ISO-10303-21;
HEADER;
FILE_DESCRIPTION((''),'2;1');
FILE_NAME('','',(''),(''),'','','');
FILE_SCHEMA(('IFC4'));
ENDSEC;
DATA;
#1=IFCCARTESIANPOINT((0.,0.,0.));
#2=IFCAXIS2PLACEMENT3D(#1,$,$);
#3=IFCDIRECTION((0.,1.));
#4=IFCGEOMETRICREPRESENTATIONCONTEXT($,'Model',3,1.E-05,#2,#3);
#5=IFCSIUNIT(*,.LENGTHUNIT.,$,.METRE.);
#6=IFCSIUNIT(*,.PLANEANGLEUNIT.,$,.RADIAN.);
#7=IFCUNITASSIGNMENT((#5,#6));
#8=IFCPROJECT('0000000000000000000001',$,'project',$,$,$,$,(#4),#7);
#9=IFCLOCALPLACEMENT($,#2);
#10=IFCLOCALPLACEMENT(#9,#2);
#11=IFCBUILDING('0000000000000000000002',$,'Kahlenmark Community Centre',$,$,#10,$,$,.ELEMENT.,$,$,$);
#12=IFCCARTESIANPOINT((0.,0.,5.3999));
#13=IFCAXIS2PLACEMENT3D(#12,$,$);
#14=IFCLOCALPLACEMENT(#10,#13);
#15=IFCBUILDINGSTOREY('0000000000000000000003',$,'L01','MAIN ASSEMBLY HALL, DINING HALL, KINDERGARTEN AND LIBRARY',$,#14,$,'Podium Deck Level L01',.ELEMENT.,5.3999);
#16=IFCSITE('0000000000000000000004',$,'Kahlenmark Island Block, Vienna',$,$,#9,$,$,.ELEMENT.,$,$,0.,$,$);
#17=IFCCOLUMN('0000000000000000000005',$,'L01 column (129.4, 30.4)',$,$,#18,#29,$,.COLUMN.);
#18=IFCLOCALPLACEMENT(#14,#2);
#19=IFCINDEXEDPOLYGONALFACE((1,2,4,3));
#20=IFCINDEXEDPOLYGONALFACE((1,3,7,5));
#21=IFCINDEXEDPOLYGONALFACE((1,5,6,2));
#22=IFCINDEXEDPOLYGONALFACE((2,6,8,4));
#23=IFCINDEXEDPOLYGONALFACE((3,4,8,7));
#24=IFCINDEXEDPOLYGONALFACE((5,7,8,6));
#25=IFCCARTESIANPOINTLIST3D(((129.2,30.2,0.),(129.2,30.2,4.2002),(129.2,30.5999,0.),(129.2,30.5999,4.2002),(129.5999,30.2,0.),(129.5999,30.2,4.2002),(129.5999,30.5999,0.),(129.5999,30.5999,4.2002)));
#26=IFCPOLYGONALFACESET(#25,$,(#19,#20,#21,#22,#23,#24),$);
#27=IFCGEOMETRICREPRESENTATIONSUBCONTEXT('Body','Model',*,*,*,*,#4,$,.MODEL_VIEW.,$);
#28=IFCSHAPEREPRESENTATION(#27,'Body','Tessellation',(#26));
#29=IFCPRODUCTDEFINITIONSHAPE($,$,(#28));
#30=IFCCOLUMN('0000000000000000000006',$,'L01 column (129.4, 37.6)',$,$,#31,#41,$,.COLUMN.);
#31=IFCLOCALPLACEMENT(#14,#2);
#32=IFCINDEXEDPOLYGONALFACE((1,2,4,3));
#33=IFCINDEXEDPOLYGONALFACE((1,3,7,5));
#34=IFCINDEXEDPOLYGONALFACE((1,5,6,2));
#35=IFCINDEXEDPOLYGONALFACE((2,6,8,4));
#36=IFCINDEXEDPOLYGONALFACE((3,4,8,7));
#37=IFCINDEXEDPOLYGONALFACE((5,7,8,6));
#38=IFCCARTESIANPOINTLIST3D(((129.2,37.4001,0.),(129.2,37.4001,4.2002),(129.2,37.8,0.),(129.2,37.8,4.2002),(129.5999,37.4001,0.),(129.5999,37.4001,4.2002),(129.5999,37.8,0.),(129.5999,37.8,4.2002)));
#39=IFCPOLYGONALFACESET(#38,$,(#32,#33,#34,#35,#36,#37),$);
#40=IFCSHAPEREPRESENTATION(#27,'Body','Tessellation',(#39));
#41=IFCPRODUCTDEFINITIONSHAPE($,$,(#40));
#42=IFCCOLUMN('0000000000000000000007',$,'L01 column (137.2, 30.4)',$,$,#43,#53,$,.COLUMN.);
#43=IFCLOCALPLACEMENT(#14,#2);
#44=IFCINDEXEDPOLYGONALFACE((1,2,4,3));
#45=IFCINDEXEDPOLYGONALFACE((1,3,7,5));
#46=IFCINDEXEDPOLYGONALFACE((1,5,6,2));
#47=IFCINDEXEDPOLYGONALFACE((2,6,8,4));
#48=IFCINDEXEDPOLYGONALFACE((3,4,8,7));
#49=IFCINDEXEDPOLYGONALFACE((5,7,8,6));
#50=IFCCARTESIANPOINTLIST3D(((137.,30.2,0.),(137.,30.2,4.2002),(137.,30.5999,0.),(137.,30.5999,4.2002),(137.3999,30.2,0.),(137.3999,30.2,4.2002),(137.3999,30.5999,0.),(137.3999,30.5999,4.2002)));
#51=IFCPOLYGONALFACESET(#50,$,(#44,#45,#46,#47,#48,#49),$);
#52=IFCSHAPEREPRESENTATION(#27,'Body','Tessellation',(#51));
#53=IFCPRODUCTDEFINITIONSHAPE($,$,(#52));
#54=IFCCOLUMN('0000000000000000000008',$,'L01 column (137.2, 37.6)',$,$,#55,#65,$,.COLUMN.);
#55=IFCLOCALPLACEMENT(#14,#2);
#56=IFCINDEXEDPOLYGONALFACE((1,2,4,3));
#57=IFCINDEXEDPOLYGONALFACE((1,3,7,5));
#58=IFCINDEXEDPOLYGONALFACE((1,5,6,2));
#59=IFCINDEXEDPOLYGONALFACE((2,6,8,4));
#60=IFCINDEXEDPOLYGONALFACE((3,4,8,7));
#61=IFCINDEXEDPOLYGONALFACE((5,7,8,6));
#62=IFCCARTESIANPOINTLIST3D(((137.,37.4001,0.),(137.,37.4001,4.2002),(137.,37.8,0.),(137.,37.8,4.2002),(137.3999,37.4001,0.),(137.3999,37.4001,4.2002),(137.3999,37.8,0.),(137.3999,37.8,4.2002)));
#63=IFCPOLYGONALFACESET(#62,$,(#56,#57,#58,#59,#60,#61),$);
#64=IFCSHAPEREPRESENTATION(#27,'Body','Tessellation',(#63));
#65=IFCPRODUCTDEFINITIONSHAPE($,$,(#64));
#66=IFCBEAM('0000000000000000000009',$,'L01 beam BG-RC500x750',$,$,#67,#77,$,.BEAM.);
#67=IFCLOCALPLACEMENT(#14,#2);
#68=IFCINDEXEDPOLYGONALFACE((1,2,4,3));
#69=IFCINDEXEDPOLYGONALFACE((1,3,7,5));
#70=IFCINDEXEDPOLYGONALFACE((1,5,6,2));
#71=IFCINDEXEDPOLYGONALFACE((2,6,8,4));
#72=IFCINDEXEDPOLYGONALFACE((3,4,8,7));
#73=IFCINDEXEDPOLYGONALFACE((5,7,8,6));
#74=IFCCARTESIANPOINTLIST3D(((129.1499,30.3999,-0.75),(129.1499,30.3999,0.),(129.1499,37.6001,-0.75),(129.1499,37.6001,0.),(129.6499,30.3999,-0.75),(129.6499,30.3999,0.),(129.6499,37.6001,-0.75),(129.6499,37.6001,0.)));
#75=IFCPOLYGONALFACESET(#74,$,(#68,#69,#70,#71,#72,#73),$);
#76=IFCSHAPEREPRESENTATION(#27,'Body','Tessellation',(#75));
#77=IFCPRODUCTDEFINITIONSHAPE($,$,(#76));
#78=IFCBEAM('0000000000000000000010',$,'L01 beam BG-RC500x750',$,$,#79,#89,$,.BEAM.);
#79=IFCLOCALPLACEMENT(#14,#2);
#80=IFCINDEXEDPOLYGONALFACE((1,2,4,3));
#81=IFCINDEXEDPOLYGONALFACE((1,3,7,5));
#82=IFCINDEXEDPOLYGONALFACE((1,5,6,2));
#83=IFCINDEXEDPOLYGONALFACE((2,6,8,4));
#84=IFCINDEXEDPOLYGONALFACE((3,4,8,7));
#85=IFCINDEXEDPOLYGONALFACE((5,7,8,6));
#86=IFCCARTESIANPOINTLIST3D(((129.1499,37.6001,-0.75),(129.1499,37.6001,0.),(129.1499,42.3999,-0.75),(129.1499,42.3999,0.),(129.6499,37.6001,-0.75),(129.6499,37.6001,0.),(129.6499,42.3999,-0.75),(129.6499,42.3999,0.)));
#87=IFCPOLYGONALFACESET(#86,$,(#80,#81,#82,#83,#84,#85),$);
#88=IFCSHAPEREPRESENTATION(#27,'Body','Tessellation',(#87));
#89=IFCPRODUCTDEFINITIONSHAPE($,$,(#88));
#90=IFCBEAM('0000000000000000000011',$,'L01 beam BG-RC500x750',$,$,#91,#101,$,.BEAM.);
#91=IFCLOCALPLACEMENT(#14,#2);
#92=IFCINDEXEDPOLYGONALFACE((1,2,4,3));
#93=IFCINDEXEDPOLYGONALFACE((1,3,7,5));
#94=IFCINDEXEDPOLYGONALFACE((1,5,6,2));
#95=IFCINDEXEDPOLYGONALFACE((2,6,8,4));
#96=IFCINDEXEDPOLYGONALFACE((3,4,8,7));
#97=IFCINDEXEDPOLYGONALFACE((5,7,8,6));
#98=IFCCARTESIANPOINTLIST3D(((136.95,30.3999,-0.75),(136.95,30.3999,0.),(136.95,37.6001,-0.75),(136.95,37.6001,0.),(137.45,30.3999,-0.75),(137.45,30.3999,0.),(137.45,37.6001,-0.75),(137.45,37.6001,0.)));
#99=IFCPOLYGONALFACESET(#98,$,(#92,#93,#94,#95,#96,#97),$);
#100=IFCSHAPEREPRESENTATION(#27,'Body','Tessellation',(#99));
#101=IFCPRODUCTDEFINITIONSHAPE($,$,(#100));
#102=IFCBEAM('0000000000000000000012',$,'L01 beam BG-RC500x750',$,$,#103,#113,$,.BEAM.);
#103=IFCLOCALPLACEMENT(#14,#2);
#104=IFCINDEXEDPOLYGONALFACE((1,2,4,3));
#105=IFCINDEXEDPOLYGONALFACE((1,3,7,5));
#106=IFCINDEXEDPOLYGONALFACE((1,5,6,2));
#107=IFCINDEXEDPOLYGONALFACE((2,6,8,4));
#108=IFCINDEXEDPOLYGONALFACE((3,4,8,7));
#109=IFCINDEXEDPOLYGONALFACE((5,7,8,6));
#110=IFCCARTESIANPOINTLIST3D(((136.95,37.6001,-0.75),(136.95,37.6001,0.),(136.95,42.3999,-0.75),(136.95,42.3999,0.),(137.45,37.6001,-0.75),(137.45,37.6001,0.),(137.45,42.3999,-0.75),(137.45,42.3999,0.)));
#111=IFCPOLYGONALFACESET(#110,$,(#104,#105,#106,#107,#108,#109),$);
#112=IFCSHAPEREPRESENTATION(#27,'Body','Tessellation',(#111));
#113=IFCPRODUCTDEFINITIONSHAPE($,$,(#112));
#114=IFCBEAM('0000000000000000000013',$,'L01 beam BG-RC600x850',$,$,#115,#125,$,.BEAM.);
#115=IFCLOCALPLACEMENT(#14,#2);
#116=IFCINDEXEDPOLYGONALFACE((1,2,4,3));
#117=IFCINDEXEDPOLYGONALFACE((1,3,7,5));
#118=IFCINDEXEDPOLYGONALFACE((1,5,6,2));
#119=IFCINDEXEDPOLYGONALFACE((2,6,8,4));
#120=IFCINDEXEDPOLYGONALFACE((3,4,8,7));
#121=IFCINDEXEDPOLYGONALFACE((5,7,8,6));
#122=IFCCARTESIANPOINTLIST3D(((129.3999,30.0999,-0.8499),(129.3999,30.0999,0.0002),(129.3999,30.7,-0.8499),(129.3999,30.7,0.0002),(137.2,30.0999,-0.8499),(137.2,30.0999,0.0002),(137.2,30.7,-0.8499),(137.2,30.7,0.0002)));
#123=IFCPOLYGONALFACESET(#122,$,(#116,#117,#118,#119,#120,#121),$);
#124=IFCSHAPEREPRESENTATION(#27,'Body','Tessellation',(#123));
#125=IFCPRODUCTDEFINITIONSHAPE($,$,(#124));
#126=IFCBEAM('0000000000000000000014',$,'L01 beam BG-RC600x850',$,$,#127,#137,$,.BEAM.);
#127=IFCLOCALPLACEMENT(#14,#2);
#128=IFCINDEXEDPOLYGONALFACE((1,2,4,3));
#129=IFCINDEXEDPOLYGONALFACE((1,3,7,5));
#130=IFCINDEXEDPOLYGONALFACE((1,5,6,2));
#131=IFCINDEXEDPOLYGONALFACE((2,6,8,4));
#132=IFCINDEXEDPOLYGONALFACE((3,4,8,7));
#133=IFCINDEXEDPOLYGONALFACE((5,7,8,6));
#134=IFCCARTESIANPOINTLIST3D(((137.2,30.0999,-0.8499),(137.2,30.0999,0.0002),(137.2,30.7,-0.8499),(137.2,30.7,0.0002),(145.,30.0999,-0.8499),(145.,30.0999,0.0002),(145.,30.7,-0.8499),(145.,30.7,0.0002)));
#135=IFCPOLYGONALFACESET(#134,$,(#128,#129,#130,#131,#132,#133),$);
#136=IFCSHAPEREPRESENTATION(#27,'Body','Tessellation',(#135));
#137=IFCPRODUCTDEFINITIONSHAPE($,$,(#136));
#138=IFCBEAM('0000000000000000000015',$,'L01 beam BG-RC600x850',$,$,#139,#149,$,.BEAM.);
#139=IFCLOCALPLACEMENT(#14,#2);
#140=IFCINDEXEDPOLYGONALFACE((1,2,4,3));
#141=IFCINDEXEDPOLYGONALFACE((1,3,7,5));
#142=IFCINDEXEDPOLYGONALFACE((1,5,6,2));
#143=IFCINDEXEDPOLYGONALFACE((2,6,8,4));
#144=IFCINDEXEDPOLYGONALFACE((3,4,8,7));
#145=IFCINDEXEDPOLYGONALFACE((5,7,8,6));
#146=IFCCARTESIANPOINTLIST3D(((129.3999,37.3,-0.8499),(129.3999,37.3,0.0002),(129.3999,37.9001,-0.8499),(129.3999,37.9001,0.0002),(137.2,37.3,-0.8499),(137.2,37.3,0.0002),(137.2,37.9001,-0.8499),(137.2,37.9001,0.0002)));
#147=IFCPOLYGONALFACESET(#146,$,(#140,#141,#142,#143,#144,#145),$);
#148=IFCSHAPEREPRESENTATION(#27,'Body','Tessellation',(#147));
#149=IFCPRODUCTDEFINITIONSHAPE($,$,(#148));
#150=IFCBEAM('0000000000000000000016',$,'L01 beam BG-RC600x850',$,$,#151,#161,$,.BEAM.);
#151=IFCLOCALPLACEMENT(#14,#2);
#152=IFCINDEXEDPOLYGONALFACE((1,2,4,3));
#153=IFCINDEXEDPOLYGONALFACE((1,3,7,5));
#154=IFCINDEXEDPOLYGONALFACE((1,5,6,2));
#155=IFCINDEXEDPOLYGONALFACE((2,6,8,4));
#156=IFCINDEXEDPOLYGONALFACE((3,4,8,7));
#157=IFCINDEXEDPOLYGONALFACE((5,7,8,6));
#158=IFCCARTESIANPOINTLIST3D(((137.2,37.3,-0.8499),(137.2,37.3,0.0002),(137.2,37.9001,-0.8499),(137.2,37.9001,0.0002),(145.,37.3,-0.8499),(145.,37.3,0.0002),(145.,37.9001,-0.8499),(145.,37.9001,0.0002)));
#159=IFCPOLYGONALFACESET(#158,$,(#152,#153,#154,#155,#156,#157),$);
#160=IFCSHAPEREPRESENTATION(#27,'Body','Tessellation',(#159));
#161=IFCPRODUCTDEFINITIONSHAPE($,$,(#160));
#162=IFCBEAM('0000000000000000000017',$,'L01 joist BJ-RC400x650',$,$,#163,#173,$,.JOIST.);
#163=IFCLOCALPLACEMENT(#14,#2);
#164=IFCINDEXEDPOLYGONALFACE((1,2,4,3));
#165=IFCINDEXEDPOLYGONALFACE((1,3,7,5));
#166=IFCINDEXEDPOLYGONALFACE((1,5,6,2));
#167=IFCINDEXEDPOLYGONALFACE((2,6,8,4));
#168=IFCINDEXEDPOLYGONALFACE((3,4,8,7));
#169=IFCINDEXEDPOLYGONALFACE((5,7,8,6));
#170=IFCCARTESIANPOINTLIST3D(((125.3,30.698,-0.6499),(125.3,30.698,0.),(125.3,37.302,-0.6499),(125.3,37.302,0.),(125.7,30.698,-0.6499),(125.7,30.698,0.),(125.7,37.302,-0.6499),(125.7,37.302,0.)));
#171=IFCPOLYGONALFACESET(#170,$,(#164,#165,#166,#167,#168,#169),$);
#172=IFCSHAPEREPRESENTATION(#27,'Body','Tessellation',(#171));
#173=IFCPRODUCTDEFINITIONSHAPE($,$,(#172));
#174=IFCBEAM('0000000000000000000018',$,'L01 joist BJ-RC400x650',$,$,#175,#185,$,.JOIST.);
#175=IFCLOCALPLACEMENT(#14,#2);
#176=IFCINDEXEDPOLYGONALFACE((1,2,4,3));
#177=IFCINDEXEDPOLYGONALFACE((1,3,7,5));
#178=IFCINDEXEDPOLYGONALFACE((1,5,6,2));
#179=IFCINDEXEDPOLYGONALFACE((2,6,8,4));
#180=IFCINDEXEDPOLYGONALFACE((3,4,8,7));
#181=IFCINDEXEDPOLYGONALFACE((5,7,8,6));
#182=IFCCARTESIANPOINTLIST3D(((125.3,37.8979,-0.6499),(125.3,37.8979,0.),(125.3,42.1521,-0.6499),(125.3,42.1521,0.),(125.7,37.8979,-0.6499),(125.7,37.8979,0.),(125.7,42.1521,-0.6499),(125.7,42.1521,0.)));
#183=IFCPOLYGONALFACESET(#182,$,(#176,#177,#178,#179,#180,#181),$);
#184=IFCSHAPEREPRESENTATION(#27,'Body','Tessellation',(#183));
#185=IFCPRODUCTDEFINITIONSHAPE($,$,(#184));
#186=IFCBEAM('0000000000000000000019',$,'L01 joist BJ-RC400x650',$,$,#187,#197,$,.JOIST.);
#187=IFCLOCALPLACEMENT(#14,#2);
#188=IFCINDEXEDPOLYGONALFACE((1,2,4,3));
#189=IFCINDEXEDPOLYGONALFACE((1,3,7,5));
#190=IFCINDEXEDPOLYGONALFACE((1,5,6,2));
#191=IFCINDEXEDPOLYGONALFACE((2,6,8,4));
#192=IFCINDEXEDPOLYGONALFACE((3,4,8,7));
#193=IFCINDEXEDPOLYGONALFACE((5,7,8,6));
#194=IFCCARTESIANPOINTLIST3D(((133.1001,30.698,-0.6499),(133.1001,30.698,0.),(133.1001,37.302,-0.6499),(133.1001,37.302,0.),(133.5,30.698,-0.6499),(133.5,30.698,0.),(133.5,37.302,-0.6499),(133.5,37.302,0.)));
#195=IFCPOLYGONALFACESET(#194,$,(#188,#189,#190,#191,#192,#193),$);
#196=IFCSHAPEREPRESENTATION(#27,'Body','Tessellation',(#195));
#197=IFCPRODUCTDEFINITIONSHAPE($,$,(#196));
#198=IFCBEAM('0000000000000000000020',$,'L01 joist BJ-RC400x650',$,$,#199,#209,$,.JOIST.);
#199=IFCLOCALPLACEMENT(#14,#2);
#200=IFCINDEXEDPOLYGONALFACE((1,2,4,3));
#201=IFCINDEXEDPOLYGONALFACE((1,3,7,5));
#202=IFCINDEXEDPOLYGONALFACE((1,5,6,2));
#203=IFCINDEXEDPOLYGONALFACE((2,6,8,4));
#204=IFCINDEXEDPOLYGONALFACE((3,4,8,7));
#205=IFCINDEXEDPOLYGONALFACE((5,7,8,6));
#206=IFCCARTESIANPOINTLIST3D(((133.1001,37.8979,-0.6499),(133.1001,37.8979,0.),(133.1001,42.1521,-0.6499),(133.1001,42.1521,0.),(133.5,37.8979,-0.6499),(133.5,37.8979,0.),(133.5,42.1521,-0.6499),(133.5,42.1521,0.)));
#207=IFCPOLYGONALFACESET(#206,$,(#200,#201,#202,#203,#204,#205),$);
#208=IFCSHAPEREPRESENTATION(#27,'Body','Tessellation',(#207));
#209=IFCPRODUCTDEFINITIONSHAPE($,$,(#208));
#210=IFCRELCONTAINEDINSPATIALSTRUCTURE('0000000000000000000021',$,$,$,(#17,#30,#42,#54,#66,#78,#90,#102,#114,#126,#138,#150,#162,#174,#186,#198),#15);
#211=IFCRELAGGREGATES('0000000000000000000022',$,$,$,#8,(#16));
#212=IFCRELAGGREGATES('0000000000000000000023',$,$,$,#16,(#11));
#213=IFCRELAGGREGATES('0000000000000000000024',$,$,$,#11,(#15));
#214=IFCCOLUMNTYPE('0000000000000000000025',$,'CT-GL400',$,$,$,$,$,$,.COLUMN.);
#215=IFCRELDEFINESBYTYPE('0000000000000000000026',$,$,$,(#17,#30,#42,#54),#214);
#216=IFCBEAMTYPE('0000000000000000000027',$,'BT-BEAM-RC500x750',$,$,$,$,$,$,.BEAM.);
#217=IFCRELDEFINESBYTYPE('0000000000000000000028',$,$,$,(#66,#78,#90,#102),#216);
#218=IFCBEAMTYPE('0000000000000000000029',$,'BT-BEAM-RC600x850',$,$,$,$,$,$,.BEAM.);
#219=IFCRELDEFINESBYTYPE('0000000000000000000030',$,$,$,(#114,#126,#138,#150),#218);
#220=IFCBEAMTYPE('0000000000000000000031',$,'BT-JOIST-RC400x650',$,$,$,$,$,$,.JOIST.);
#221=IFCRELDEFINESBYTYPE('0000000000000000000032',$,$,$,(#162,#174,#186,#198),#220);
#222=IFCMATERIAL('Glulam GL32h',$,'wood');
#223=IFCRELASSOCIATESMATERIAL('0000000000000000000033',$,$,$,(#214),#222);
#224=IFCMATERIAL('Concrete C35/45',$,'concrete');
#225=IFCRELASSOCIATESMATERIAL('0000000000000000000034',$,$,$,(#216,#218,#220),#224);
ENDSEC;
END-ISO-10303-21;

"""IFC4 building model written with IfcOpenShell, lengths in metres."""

from ifc_helpers import new_model, si_unit, direction, frame, origin, origin_2d, place, context, subcontext, project, spatial, rectangle, extrude, material, material_profile, profile_set, type_object, element, save


model = new_model("IFC4")

# Units and contexts
model_context = context("Model", 3, precision=1e-05, world=origin(), true_north=direction((0.0, 1.0)))
body_context = subcontext(model_context, "Body", "Model", "MODEL_VIEW")
ifc_project = project(units=[si_unit("LENGTHUNIT", "METRE"), si_unit("PLANEANGLEUNIT", "RADIAN")], contexts=[model_context])

# Site, building, storey
site_placement = place(None, origin())
site = spatial("IfcSite", under=ifc_project, at=site_placement, Name="Kahlenmark Island Block, Vienna", CompositionType="ELEMENT", RefElevation=0.0)
building_placement = place(site_placement, origin())
building = spatial("IfcBuilding", under=site, at=building_placement, Name="Kahlenmark Community Centre", CompositionType="ELEMENT")
storey_placement = place(building_placement, frame((0.0, 0.0, 5.3999)))
storey = spatial("IfcBuildingStorey", under=building, at=storey_placement, Name="L01", Description="MAIN ASSEMBLY HALL, DINING HALL, KINDERGARTEN AND LIBRARY", LongName="Podium Deck Level L01", CompositionType="ELEMENT", Elevation=5.3999)

# Columns
ifc_material_1 = material(Name="Glulam GL32h", Category="wood")
ifc_material_profile_1 = material_profile(ifc_material_1, rectangle(XDim=0.3999, YDim=0.3999, at=origin_2d()), Name="GL32h 400x400")
ifc_profile_set_1 = profile_set([ifc_material_profile_1], Name="Glulam GL32h")
column_type = type_object("IfcColumnType", Name="CT-GL400", PredefinedType="COLUMN", material=ifc_profile_set_1)
for number, where, z_axis, x_axis, name in (
    (1, (129.3999, 30.3999, 0.0), (0.0, 0.0, 1.0), (1.0, 0.0, 0.0), "L01 column (129.4, 30.4)"),
    (2, (129.3999, 37.6001, 0.0), (0.0, 0.0, 1.0), (1.0, 0.0, 0.0), "L01 column (129.4, 37.6)"),
    (3, (137.2, 30.3999, 0.0), (0.0, 0.0, 1.0), (1.0, 0.0, 0.0), "L01 column (137.2, 30.4)"),
    (4, (137.2, 37.6001, 0.0), (0.0, 0.0, 1.0), (1.0, 0.0, 0.0), "L01 column (137.2, 37.6)"),
):
    element("IfcColumn", number, at=place(storey_placement, frame(where, z_axis=z_axis, x_axis=x_axis)), inside=storey, type_object=column_type, Name=name, PredefinedType="COLUMN", context=body_context, shape_type="SweptSolid", body=[
        extrude(rectangle(XDim=0.3999, YDim=0.3999, at=origin_2d()), origin(), (0.0, 0.0, 1.0), 4.2002),
    ])

# Beams
ifc_material_2 = material(Name="Concrete C35/45", Category="concrete")
ifc_material_profile_2 = material_profile(ifc_material_2, rectangle(XDim=0.5, YDim=0.75, at=origin_2d()), Name="RC 500x750")
ifc_profile_set_2 = profile_set([ifc_material_profile_2], Name="Concrete C35/45")
beam_type_1 = type_object("IfcBeamType", Name="BT-BEAM-RC500x750", PredefinedType="BEAM", material=ifc_profile_set_2)
beam_1_placement = place(storey_placement, frame((129.3999, 30.3999, -0.375), z_axis=(0.0, 1.0, 0.0), x_axis=(-1.0, 0.0, 0.0)))
element("IfcBeam", 5, at=beam_1_placement, inside=storey, type_object=beam_type_1, Name="L01 beam BG-RC500x750", PredefinedType="BEAM", context=body_context, shape_type="SweptSolid", body=[
    extrude(rectangle(XDim=0.5, YDim=0.75, at=origin_2d()), origin(), (0.0, 0.0, 1.0), 7.2002),
])
beam_2_placement = place(storey_placement, frame((129.3999, 37.6001, -0.375), z_axis=(0.0, 1.0, 0.0), x_axis=(-1.0, 0.0, 0.0)))
element("IfcBeam", 6, at=beam_2_placement, inside=storey, type_object=beam_type_1, Name="L01 beam BG-RC500x750", PredefinedType="BEAM", context=body_context, shape_type="SweptSolid", body=[
    extrude(rectangle(XDim=0.5, YDim=0.75, at=origin_2d()), origin(), (0.0, 0.0, 1.0), 4.7998),
])
beam_3_placement = place(storey_placement, frame((137.2, 30.3999, -0.375), z_axis=(0.0, 1.0, 0.0), x_axis=(-1.0, 0.0, 0.0)))
element("IfcBeam", 7, at=beam_3_placement, inside=storey, type_object=beam_type_1, Name="L01 beam BG-RC500x750", PredefinedType="BEAM", context=body_context, shape_type="SweptSolid", body=[
    extrude(rectangle(XDim=0.5, YDim=0.75, at=origin_2d()), origin(), (0.0, 0.0, 1.0), 7.2002),
])
beam_4_placement = place(storey_placement, frame((137.2, 37.6001, -0.375), z_axis=(0.0, 1.0, 0.0), x_axis=(-1.0, 0.0, 0.0)))
element("IfcBeam", 8, at=beam_4_placement, inside=storey, type_object=beam_type_1, Name="L01 beam BG-RC500x750", PredefinedType="BEAM", context=body_context, shape_type="SweptSolid", body=[
    extrude(rectangle(XDim=0.5, YDim=0.75, at=origin_2d()), origin(), (0.0, 0.0, 1.0), 4.7998),
])
ifc_material_profile_3 = material_profile(ifc_material_2, rectangle(XDim=0.6001, YDim=0.8501, at=origin_2d()), Name="RC 600x850")
ifc_profile_set_3 = profile_set([ifc_material_profile_3], Name="Concrete C35/45")
beam_type_2 = type_object("IfcBeamType", Name="BT-BEAM-RC600x850", PredefinedType="BEAM", material=ifc_profile_set_3)
for number, where, z_axis, x_axis, name in (
    (9, (129.3999, 30.3999, -0.4248), (1.0, 0.0, 0.0), (0.0, 1.0, 0.0), "L01 beam BG-RC600x850"),
    (10, (137.2, 30.3999, -0.4248), (1.0, 0.0, 0.0), (0.0, 1.0, 0.0), "L01 beam BG-RC600x850"),
    (11, (129.3999, 37.6001, -0.4248), (1.0, 0.0, 0.0), (0.0, 1.0, 0.0), "L01 beam BG-RC600x850"),
    (12, (137.2, 37.6001, -0.4248), (1.0, 0.0, 0.0), (0.0, 1.0, 0.0), "L01 beam BG-RC600x850"),
):
    element("IfcBeam", number, at=place(storey_placement, frame(where, z_axis=z_axis, x_axis=x_axis)), inside=storey, type_object=beam_type_2, Name=name, PredefinedType="BEAM", context=body_context, shape_type="SweptSolid", body=[
        extrude(rectangle(XDim=0.6001, YDim=0.8501, at=origin_2d()), origin(), (0.0, 0.0, 1.0), 7.8),
    ])
ifc_material_profile_4 = material_profile(ifc_material_2, rectangle(XDim=0.3999, YDim=0.6499, at=origin_2d()), Name="RC 400x650")
ifc_profile_set_4 = profile_set([ifc_material_profile_4], Name="Concrete C35/45")
beam_type_3 = type_object("IfcBeamType", Name="BT-JOIST-RC400x650", PredefinedType="JOIST", material=ifc_profile_set_4)
beam_5_placement = place(storey_placement, frame((125.5, 30.698, -0.325), z_axis=(0.0, 1.0, 0.0), x_axis=(-1.0, 0.0, 0.0)))
element("IfcBeam", 13, at=beam_5_placement, inside=storey, type_object=beam_type_3, Name="L01 joist BJ-RC400x650", PredefinedType="JOIST", context=body_context, shape_type="SweptSolid", body=[
    extrude(rectangle(XDim=0.3999, YDim=0.6499, at=origin_2d()), origin(), (0.0, 0.0, 1.0), 6.604),
])
beam_6_placement = place(storey_placement, frame((125.5, 37.8979, -0.325), z_axis=(0.0, 1.0, 0.0), x_axis=(-1.0, 0.0, 0.0)))
element("IfcBeam", 14, at=beam_6_placement, inside=storey, type_object=beam_type_3, Name="L01 joist BJ-RC400x650", PredefinedType="JOIST", context=body_context, shape_type="SweptSolid", body=[
    extrude(rectangle(XDim=0.3999, YDim=0.6499, at=origin_2d()), origin(), (0.0, 0.0, 1.0), 4.2542),
])
beam_7_placement = place(storey_placement, frame((133.3, 30.698, -0.325), z_axis=(0.0, 1.0, 0.0), x_axis=(-1.0, 0.0, 0.0)))
element("IfcBeam", 15, at=beam_7_placement, inside=storey, type_object=beam_type_3, Name="L01 joist BJ-RC400x650", PredefinedType="JOIST", context=body_context, shape_type="SweptSolid", body=[
    extrude(rectangle(XDim=0.3999, YDim=0.6499, at=origin_2d()), origin(), (0.0, 0.0, 1.0), 6.604),
])
beam_8_placement = place(storey_placement, frame((133.3, 37.8979, -0.325), z_axis=(0.0, 1.0, 0.0), x_axis=(-1.0, 0.0, 0.0)))
element("IfcBeam", 16, at=beam_8_placement, inside=storey, type_object=beam_type_3, Name="L01 joist BJ-RC400x650", PredefinedType="JOIST", context=body_context, shape_type="SweptSolid", body=[
    extrude(rectangle(XDim=0.3999, YDim=0.6499, at=origin_2d()), origin(), (0.0, 0.0, 1.0), 4.2542),
])

save(model, "model.ifc")
